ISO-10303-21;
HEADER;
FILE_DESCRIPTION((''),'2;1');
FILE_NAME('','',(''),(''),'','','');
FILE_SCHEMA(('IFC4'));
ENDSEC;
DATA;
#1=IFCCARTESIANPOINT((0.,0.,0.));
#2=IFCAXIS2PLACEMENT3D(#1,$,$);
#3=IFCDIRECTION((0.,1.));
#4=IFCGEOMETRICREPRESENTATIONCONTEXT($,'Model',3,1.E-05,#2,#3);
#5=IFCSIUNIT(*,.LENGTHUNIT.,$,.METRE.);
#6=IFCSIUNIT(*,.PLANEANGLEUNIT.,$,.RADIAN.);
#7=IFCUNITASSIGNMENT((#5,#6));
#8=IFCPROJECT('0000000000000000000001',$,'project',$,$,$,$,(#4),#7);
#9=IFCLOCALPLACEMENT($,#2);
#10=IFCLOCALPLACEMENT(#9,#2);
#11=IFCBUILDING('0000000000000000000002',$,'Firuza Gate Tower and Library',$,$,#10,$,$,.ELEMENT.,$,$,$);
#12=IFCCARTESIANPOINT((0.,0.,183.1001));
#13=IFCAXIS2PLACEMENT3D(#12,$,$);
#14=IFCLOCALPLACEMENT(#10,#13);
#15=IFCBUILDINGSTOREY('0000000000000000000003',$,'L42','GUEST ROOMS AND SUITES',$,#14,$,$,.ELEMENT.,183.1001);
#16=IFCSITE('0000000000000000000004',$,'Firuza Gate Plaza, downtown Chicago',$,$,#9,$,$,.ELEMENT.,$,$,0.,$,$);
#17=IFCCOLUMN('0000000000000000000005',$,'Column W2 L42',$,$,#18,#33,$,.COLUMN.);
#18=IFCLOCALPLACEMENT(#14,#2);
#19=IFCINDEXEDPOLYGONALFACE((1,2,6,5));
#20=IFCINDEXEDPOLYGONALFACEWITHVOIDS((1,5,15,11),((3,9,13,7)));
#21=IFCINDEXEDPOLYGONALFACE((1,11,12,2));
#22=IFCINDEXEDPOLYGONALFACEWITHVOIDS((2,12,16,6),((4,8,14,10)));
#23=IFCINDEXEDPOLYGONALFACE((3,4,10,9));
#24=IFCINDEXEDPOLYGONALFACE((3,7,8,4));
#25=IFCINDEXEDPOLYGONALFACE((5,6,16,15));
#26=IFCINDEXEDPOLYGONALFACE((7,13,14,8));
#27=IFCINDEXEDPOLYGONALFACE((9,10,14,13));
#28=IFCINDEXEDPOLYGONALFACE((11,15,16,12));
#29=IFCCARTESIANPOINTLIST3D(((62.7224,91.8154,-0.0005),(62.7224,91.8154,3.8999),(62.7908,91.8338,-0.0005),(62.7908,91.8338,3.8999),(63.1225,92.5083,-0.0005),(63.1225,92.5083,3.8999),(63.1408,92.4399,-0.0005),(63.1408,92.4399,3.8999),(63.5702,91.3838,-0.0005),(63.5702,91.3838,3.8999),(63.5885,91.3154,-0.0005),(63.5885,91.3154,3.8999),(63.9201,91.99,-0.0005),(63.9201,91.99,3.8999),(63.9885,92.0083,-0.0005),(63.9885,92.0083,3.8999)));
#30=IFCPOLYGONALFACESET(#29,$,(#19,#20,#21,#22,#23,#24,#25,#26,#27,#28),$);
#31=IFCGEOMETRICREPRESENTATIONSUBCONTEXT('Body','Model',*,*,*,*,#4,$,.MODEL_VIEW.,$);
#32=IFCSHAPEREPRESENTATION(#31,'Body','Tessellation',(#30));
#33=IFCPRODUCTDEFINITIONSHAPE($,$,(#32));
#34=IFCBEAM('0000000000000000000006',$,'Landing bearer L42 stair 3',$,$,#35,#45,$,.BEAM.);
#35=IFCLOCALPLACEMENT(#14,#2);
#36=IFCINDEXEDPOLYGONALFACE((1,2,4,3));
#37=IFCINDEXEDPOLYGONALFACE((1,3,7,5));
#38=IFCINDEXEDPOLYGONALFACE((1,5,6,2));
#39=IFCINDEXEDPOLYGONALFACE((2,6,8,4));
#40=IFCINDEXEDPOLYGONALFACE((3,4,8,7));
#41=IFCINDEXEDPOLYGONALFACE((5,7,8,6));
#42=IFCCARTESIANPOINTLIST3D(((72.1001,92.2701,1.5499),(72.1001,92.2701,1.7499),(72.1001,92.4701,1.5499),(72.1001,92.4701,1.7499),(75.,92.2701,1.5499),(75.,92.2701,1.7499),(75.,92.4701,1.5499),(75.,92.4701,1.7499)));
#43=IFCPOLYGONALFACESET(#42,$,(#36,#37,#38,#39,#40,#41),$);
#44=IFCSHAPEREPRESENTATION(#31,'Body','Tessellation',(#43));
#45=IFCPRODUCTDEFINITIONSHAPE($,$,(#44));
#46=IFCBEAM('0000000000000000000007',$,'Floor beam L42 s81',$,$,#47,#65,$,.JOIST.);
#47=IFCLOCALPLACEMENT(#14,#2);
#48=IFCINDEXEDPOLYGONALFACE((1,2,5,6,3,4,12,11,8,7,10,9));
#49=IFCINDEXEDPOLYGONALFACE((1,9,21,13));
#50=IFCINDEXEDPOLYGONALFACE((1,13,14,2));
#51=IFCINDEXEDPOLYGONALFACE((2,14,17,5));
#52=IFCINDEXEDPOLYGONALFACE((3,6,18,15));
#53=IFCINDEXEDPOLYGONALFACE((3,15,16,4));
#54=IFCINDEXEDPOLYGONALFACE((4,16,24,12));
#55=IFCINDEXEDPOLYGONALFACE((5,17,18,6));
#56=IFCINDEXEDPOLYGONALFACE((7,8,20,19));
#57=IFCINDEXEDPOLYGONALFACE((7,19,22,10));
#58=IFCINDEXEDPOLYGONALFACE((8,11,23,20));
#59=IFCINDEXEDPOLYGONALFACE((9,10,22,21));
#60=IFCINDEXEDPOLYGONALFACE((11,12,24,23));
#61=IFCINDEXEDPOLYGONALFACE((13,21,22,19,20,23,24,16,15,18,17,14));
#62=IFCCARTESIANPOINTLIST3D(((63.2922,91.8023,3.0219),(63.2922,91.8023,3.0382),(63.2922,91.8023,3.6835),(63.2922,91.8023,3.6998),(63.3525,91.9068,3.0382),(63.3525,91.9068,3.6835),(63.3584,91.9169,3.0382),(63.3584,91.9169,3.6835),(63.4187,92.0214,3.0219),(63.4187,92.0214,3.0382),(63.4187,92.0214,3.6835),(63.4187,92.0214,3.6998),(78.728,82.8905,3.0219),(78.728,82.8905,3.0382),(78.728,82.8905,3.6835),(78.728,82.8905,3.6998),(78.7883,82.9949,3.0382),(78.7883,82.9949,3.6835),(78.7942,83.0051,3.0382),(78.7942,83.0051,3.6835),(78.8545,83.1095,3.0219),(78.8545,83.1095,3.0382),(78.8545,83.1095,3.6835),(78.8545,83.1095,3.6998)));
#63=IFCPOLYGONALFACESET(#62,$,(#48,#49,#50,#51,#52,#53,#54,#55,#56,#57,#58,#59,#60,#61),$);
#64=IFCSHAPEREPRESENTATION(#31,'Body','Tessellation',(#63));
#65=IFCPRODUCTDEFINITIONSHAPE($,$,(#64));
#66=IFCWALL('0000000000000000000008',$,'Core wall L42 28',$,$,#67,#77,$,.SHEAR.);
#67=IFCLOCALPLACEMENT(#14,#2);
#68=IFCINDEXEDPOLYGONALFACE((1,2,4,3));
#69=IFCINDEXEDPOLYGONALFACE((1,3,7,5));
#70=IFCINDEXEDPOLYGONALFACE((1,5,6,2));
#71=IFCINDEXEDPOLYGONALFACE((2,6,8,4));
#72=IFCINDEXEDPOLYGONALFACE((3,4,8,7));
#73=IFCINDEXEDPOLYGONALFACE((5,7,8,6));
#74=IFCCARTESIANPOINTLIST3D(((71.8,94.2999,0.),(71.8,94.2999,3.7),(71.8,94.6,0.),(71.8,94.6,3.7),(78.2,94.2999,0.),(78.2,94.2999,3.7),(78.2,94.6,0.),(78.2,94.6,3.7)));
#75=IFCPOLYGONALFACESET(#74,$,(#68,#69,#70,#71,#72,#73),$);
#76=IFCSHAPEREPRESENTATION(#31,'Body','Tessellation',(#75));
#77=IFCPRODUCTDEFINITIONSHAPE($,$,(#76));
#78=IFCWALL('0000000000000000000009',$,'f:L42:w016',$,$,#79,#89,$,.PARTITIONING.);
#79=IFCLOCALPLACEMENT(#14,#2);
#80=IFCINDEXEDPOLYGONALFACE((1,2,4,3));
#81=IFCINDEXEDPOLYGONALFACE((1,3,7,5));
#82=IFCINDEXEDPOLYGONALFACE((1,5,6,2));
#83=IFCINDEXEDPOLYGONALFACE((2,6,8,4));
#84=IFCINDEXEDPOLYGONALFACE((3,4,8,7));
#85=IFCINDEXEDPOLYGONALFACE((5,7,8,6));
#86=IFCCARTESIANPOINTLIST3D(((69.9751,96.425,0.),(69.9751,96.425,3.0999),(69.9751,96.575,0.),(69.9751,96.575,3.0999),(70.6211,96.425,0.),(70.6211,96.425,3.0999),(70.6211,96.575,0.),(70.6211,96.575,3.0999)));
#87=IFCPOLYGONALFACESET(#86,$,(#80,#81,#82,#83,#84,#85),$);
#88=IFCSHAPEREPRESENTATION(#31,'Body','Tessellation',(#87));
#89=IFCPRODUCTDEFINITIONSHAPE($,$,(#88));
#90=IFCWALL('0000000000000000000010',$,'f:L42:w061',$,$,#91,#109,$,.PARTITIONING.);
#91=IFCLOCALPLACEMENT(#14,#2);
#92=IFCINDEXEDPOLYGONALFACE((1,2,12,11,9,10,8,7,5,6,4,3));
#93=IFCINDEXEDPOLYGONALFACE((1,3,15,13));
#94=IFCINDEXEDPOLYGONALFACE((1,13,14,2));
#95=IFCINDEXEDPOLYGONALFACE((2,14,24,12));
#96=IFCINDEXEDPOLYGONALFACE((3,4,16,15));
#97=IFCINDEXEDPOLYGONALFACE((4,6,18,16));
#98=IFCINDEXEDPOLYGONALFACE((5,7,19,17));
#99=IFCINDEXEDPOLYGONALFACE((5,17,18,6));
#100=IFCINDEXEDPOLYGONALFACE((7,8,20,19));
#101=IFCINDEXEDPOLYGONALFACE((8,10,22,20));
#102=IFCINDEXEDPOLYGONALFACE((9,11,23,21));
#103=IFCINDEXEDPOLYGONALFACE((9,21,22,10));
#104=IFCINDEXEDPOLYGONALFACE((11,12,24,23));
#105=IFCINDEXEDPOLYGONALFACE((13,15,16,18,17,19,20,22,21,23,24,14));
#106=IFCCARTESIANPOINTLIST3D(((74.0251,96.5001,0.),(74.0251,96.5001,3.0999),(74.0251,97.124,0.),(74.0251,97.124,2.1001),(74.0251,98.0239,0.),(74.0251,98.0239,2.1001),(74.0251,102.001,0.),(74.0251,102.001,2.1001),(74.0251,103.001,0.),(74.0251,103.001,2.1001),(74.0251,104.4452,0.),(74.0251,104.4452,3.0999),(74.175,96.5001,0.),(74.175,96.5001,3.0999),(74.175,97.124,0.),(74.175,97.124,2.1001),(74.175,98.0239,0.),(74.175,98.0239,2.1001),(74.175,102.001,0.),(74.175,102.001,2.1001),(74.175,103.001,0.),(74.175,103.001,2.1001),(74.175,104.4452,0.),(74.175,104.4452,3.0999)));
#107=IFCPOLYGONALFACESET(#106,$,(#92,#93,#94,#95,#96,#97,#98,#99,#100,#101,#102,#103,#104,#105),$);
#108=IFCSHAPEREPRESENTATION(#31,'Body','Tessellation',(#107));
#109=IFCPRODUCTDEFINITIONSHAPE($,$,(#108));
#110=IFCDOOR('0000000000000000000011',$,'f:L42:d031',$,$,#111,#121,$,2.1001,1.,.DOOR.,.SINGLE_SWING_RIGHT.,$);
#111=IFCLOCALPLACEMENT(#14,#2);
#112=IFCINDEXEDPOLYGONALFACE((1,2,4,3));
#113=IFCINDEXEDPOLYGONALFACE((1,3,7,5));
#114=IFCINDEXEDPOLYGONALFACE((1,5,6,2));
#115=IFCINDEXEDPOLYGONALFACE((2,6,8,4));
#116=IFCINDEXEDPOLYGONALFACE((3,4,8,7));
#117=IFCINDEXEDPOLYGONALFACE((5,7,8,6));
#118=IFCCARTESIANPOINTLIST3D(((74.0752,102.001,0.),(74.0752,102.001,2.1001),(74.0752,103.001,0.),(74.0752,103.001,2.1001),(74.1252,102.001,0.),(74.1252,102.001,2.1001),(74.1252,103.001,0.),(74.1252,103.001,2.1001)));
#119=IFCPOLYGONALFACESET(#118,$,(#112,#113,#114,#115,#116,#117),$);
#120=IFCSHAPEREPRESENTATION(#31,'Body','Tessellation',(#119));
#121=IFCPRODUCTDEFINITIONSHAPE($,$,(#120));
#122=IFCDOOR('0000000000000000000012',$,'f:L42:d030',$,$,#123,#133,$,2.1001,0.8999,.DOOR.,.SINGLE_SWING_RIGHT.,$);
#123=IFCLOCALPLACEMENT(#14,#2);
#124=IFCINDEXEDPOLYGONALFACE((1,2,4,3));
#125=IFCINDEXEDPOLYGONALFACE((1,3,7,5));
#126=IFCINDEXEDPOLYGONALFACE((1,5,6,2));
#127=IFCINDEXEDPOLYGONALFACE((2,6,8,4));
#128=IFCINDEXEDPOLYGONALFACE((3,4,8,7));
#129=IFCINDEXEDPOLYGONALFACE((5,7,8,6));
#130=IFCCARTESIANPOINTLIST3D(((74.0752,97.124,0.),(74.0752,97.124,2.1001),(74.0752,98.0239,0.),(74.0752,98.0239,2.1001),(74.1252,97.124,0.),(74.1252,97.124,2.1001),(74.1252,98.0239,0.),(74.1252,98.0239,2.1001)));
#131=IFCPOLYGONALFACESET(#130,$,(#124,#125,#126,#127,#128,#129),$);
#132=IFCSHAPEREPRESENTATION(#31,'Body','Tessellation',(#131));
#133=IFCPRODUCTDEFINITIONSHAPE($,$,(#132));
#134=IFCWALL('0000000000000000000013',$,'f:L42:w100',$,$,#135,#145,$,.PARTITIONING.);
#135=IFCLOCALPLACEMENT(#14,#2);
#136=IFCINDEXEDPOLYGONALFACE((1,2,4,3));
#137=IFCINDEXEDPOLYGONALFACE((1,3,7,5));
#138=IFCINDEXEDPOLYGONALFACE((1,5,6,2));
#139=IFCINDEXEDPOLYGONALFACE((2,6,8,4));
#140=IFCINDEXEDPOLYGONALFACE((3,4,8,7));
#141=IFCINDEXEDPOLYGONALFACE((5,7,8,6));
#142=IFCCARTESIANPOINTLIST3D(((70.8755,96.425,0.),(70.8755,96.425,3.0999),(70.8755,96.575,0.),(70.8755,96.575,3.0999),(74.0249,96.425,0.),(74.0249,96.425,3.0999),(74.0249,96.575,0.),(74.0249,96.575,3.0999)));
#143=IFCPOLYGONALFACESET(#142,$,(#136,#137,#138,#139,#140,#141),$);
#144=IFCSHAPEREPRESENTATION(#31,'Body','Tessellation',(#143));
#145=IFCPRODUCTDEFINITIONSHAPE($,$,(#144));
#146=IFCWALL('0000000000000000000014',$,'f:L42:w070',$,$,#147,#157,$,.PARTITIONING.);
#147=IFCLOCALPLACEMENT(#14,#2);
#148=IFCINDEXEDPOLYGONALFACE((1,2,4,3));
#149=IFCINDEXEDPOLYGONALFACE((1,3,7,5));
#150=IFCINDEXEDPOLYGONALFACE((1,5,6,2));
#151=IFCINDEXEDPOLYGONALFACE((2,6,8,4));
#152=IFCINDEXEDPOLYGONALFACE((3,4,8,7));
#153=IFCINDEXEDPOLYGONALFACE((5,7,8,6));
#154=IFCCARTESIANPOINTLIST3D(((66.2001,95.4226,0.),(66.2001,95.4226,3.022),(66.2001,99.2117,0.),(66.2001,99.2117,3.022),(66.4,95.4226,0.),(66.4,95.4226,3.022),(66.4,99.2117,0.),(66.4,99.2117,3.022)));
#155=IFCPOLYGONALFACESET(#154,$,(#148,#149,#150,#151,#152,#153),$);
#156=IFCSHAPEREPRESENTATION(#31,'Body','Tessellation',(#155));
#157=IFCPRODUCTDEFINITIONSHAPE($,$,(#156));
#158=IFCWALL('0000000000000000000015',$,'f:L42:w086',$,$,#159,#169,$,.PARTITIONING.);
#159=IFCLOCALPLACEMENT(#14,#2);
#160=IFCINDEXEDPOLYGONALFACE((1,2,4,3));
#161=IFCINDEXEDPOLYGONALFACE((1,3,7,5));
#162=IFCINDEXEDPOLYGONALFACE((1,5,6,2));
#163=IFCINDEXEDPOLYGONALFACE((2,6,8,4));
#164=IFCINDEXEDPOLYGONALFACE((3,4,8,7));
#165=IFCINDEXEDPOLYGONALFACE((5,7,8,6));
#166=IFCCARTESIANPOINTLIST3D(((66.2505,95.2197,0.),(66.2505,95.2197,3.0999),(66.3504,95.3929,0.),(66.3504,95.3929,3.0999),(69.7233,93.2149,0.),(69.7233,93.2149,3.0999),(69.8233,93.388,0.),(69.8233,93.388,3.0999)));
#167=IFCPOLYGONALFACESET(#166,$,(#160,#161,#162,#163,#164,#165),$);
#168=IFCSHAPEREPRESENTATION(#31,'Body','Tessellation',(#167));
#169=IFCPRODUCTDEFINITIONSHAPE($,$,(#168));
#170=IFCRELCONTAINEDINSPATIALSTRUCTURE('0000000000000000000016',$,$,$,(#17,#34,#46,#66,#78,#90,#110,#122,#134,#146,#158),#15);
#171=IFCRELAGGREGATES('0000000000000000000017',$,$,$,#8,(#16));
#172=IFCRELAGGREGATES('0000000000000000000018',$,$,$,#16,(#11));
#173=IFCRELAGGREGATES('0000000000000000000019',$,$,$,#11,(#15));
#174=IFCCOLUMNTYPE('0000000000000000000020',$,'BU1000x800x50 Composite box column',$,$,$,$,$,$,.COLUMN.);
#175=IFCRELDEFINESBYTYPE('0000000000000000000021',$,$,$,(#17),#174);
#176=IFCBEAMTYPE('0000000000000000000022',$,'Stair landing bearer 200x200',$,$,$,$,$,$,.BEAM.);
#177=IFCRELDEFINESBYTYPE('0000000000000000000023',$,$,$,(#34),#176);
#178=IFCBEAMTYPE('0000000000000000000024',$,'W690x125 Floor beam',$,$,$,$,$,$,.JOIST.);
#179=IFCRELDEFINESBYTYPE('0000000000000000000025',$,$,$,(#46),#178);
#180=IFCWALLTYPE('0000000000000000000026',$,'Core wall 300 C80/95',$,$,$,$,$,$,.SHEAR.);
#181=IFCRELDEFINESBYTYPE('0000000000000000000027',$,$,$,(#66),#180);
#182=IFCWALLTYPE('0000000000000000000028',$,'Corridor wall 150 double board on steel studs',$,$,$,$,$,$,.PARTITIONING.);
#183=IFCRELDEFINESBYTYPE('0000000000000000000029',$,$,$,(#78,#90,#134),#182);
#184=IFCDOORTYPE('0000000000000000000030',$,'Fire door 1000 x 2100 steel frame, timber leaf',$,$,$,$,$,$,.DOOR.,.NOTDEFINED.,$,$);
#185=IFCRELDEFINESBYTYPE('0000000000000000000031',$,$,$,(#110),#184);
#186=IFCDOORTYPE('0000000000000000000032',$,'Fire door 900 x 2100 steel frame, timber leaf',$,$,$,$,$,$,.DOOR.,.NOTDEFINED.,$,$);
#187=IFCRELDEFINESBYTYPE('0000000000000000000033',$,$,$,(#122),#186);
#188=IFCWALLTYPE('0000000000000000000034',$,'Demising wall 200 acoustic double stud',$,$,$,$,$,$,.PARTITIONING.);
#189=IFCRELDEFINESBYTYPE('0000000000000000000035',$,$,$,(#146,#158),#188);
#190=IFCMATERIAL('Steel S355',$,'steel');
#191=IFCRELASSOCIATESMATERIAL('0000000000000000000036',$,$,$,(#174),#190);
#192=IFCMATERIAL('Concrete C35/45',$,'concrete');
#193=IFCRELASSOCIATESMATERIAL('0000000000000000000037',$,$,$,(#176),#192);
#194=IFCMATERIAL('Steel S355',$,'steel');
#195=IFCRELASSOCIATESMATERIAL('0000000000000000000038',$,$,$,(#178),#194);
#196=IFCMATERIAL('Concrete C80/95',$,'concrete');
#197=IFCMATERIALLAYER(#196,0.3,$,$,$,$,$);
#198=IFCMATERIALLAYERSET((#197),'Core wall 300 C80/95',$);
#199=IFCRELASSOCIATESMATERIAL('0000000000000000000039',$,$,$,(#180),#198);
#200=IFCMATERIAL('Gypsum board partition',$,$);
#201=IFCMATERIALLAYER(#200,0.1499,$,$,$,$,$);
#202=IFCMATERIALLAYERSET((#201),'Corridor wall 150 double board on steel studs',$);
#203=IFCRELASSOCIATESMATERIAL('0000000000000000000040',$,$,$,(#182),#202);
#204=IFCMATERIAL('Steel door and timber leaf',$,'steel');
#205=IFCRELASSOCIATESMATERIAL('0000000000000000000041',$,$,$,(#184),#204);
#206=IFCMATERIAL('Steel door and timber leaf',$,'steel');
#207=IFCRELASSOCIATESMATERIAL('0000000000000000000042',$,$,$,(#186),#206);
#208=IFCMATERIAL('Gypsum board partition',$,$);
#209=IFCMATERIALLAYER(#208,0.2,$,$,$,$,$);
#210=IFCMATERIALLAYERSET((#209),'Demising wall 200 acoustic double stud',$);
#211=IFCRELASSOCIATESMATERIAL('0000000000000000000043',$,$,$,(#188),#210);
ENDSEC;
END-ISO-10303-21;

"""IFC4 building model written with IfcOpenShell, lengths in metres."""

from ifc_helpers import new_model, si_unit, direction, frame, frame_2d, origin, origin_2d, place, context, subcontext, project, spatial, rectangle, hollow_rectangle, i_section, extrude, material, layer, layer_set, material_profile, profile_set, type_object, element, fill, save


model = new_model("IFC4")

# Units and contexts
model_context = context("Model", 3, precision=1e-05, world=origin(), true_north=direction((0.0, 1.0)))
body_context = subcontext(model_context, "Body", "Model", "MODEL_VIEW")
ifc_project = project(units=[si_unit("LENGTHUNIT", "METRE"), si_unit("PLANEANGLEUNIT", "RADIAN")], contexts=[model_context])

# Site, building, storey
site_placement = place(None, origin())
site = spatial("IfcSite", under=ifc_project, at=site_placement, Name="Firuza Gate Plaza, downtown Chicago", CompositionType="ELEMENT", RefElevation=0.0)
building_placement = place(site_placement, origin())
building = spatial("IfcBuilding", under=site, at=building_placement, Name="Firuza Gate Tower and Library", CompositionType="ELEMENT")
storey_placement = place(building_placement, frame((0.0, 0.0, 183.1001)))
storey = spatial("IfcBuildingStorey", under=building, at=storey_placement, Name="L42", Description="GUEST ROOMS AND SUITES", CompositionType="ELEMENT", Elevation=183.1001)

# Column
ifc_material_1 = material(Name="Steel S355", Category="steel")
ifc_material_profile_1 = material_profile(ifc_material_1, hollow_rectangle(XDim=0.8, YDim=1.0, WallThickness=0.05, at=origin_2d()))
ifc_profile_set_1 = profile_set([ifc_material_profile_1], Name="Steel S355")
column_type = type_object("IfcColumnType", Name="BU1000x800x50 Composite box column", PredefinedType="COLUMN", material=ifc_profile_set_1)
column_placement = place(storey_placement, frame((63.3555, 91.9119, -0.0005), z_axis=(0.0, 0.0, 1.0), x_axis=(-0.5, -0.866025, 0.0)))
element("IfcColumn", 1, at=column_placement, inside=storey, type_object=column_type, Name="Column W2 L42", PredefinedType="COLUMN", context=body_context, shape_type="SweptSolid", body=[
    extrude(hollow_rectangle(XDim=0.8, YDim=1.0, WallThickness=0.05, at=origin_2d()), origin(), (0.0, 0.0, 1.0), 3.9004),
])

# Beams
ifc_material_2 = material(Name="Concrete C35/45", Category="concrete")
ifc_material_profile_2 = material_profile(ifc_material_2, rectangle(XDim=0.2, YDim=0.2, at=origin_2d()))
ifc_profile_set_2 = profile_set([ifc_material_profile_2], Name="Concrete C35/45")
beam_type_1 = type_object("IfcBeamType", Name="Stair landing bearer 200x200", PredefinedType="BEAM", material=ifc_profile_set_2)
beam_1_placement = place(storey_placement, frame((75.0, 92.3701, 1.6499), z_axis=(-1.0, 0.0, 0.0), x_axis=(0.0, -1.0, 0.0)))
element("IfcBeam", 2, at=beam_1_placement, inside=storey, type_object=beam_type_1, Name="Landing bearer L42 stair 3", PredefinedType="BEAM", context=body_context, shape_type="SweptSolid", body=[
    extrude(rectangle(XDim=0.2, YDim=0.2, at=origin_2d()), origin(), (0.0, 0.0, 1.0), 2.8999),
])
ifc_material_3 = material(Name="Steel S355", Category="steel")
ifc_material_profile_3 = material_profile(ifc_material_3, i_section(OverallWidth=0.2529, OverallDepth=0.678, WebThickness=0.0117, FlangeThickness=0.0164, at=origin_2d()))
ifc_profile_set_3 = profile_set([ifc_material_profile_3], Name="Steel S355")
beam_type_2 = type_object("IfcBeamType", Name="W690x125 Floor beam", PredefinedType="JOIST", material=ifc_profile_set_3)
beam_2_placement = place(storey_placement, frame((63.3555, 91.9119, 3.3608), z_axis=(0.866025, -0.5, 0.0), x_axis=(0.5, 0.866025, 0.0)))
element("IfcBeam", 3, at=beam_2_placement, inside=storey, type_object=beam_type_2, Name="Floor beam L42 s81", PredefinedType="JOIST", context=body_context, shape_type="SweptSolid", body=[
    extrude(i_section(OverallWidth=0.2529, OverallDepth=0.678, WebThickness=0.0117, FlangeThickness=0.0164, at=origin_2d()), origin(), (0.0, 0.0, 1.0), 17.8237),
])

# Walls
ifc_material_4 = material(Name="Concrete C80/95", Category="concrete")
ifc_layer_1 = layer(ifc_material_4, 0.3)
ifc_layer_set_1 = layer_set([ifc_layer_1], Name="Core wall 300 C80/95")
wall_type_1 = type_object("IfcWallType", Name="Core wall 300 C80/95", PredefinedType="SHEAR", material=ifc_layer_set_1)
wall_1_placement = place(storey_placement, frame((71.8, 94.45, 0.0), z_axis=(0.0, 0.0, 1.0), x_axis=(1.0, 0.0, 0.0)))
element("IfcWall", 4, at=wall_1_placement, inside=storey, type_object=wall_type_1, Name="Core wall L42 28", PredefinedType="SHEAR", context=body_context, shape_type="SweptSolid", body=[
    extrude(rectangle(XDim=6.3999, YDim=0.3, at=frame_2d((3.2, 0.0))), origin(), (0.0, 0.0, 1.0), 3.7),
])
ifc_material_5 = material(Name="Gypsum board partition")
ifc_layer_2 = layer(ifc_material_5, 0.1499)
ifc_layer_set_2 = layer_set([ifc_layer_2], Name="Corridor wall 150 double board on steel studs")
wall_type_2 = type_object("IfcWallType", Name="Corridor wall 150 double board on steel studs", PredefinedType="PARTITIONING", material=ifc_layer_set_2)
wall_2_placement = place(storey_placement, frame((69.9751, 96.5, 0.0), z_axis=(0.0, 0.0, 1.0), x_axis=(1.0, 0.0, 0.0)))
element("IfcWall", 5, at=wall_2_placement, inside=storey, type_object=wall_type_2, Name="f:L42:w016", PredefinedType="PARTITIONING", context=body_context, shape_type="SweptSolid", body=[
    extrude(rectangle(XDim=0.646, YDim=0.1499, at=frame_2d((0.323, 0.0))), origin(), (0.0, 0.0, 1.0), 3.0999),
])

# Wall, openings, doors
wall_3_placement = place(storey_placement, frame((74.1001, 96.5, 0.0), z_axis=(0.0, 0.0, 1.0), x_axis=(0.0, 1.0, 0.0)))
wall_3 = element("IfcWall", 6, at=wall_3_placement, inside=storey, type_object=wall_type_2, Name="f:L42:w061", PredefinedType="PARTITIONING", context=body_context, shape_type="SweptSolid", body=[
    extrude(rectangle(XDim=7.9451, YDim=0.1499, at=frame_2d((3.9727, 0.0))), origin(), (0.0, 0.0, 1.0), 3.0999),
])
opening_1_placement = place(wall_3_placement, frame((0.624, 0.0, 0.0)))
opening_1 = element("IfcOpeningElement", 7, at=opening_1_placement, cuts=wall_3, PredefinedType="OPENING", context=body_context, shape_type="SweptSolid", body=[
    extrude(rectangle(XDim=0.8999, YDim=2.1001, at=frame_2d((0.45, 1.05))), frame((0.0, 0.085, 0.0), z_axis=(0.0, -1.0, 0.0), x_axis=(1.0, 0.0, 0.0)), (0.0, 0.0, 1.0), 0.1699),
])
opening_2_placement = place(wall_3_placement, frame((5.501, 0.0, 0.0)))
opening_2 = element("IfcOpeningElement", 8, at=opening_2_placement, cuts=wall_3, PredefinedType="OPENING", context=body_context, shape_type="SweptSolid", body=[
    extrude(rectangle(XDim=1.0, YDim=2.1001, at=frame_2d((0.5, 1.05))), frame((0.0, 0.085, 0.0), z_axis=(0.0, -1.0, 0.0), x_axis=(1.0, 0.0, 0.0)), (0.0, 0.0, 1.0), 0.1699),
])
ifc_material_6 = material(Name="Steel door and timber leaf", Category="steel")
door_type_1 = type_object("IfcDoorType", Name="Fire door 1000 x 2100 steel frame, timber leaf", OperationType="NOTDEFINED", PredefinedType="DOOR", material=ifc_material_6)
door_1_placement = place(opening_2_placement, origin())
door_1 = element("IfcDoor", 9, at=door_1_placement, inside=storey, type_object=door_type_1, Name="f:L42:d031", OperationType="SINGLE_SWING_RIGHT", OverallHeight=2.1001, OverallWidth=1.0, PredefinedType="DOOR", context=body_context, shape_type="SweptSolid", body=[
    extrude(rectangle(XDim=1.0, YDim=2.1001, at=frame_2d((0.5, 1.05))), frame((0.0, 0.0249, 0.0), z_axis=(0.0, -1.0, 0.0), x_axis=(1.0, 0.0, 0.0)), (0.0, 0.0, 1.0), 0.05),
])
fill(opening_2, door_1)
ifc_material_7 = material(Name="Steel door and timber leaf", Category="steel")
door_type_2 = type_object("IfcDoorType", Name="Fire door 900 x 2100 steel frame, timber leaf", OperationType="NOTDEFINED", PredefinedType="DOOR", material=ifc_material_7)
door_2_placement = place(opening_1_placement, origin())
door_2 = element("IfcDoor", 10, at=door_2_placement, inside=storey, type_object=door_type_2, Name="f:L42:d030", OperationType="SINGLE_SWING_RIGHT", OverallHeight=2.1001, OverallWidth=0.8999, PredefinedType="DOOR", context=body_context, shape_type="SweptSolid", body=[
    extrude(rectangle(XDim=0.8999, YDim=2.1001, at=frame_2d((0.45, 1.05))), frame((0.0, 0.0249, 0.0), z_axis=(0.0, -1.0, 0.0), x_axis=(1.0, 0.0, 0.0)), (0.0, 0.0, 1.0), 0.05),
])
fill(opening_1, door_2)

# Walls
wall_4_placement = place(storey_placement, frame((70.8755, 96.5, 0.0), z_axis=(0.0, 0.0, 1.0), x_axis=(1.0, 0.0, 0.0)))
element("IfcWall", 11, at=wall_4_placement, inside=storey, type_object=wall_type_2, Name="f:L42:w100", PredefinedType="PARTITIONING", context=body_context, shape_type="SweptSolid", body=[
    extrude(rectangle(XDim=3.1494, YDim=0.1499, at=frame_2d((1.5747, 0.0))), origin(), (0.0, 0.0, 1.0), 3.0999),
])
ifc_material_8 = material(Name="Gypsum board partition")
ifc_layer_3 = layer(ifc_material_8, 0.2)
ifc_layer_set_3 = layer_set([ifc_layer_3], Name="Demising wall 200 acoustic double stud")
wall_type_3 = type_object("IfcWallType", Name="Demising wall 200 acoustic double stud", PredefinedType="PARTITIONING", material=ifc_layer_set_3)
wall_5_placement = place(storey_placement, frame((66.3, 95.4226, 0.0), z_axis=(0.0, 0.0, 1.0), x_axis=(0.0, 1.0, 0.0)))
element("IfcWall", 12, at=wall_5_placement, inside=storey, type_object=wall_type_3, Name="f:L42:w070", PredefinedType="PARTITIONING", context=body_context, shape_type="SweptSolid", body=[
    extrude(rectangle(XDim=3.7891, YDim=0.2, at=frame_2d((1.8945, 0.0))), origin(), (0.0, 0.0, 1.0), 3.022),
])
wall_6_placement = place(storey_placement, frame((69.7732, 93.3015, 0.0), z_axis=(0.0, 0.0, 1.0), x_axis=(-0.866047, 0.499963, 0.0)))
element("IfcWall", 13, at=wall_6_placement, inside=storey, type_object=wall_type_3, Name="f:L42:w086", PredefinedType="PARTITIONING", context=body_context, shape_type="SweptSolid", body=[
    extrude(rectangle(XDim=4.01, YDim=0.2, at=frame_2d((2.0049, 0.0))), origin(), (0.0, 0.0, 1.0), 3.0999),
])

save(model, "model.ifc")
